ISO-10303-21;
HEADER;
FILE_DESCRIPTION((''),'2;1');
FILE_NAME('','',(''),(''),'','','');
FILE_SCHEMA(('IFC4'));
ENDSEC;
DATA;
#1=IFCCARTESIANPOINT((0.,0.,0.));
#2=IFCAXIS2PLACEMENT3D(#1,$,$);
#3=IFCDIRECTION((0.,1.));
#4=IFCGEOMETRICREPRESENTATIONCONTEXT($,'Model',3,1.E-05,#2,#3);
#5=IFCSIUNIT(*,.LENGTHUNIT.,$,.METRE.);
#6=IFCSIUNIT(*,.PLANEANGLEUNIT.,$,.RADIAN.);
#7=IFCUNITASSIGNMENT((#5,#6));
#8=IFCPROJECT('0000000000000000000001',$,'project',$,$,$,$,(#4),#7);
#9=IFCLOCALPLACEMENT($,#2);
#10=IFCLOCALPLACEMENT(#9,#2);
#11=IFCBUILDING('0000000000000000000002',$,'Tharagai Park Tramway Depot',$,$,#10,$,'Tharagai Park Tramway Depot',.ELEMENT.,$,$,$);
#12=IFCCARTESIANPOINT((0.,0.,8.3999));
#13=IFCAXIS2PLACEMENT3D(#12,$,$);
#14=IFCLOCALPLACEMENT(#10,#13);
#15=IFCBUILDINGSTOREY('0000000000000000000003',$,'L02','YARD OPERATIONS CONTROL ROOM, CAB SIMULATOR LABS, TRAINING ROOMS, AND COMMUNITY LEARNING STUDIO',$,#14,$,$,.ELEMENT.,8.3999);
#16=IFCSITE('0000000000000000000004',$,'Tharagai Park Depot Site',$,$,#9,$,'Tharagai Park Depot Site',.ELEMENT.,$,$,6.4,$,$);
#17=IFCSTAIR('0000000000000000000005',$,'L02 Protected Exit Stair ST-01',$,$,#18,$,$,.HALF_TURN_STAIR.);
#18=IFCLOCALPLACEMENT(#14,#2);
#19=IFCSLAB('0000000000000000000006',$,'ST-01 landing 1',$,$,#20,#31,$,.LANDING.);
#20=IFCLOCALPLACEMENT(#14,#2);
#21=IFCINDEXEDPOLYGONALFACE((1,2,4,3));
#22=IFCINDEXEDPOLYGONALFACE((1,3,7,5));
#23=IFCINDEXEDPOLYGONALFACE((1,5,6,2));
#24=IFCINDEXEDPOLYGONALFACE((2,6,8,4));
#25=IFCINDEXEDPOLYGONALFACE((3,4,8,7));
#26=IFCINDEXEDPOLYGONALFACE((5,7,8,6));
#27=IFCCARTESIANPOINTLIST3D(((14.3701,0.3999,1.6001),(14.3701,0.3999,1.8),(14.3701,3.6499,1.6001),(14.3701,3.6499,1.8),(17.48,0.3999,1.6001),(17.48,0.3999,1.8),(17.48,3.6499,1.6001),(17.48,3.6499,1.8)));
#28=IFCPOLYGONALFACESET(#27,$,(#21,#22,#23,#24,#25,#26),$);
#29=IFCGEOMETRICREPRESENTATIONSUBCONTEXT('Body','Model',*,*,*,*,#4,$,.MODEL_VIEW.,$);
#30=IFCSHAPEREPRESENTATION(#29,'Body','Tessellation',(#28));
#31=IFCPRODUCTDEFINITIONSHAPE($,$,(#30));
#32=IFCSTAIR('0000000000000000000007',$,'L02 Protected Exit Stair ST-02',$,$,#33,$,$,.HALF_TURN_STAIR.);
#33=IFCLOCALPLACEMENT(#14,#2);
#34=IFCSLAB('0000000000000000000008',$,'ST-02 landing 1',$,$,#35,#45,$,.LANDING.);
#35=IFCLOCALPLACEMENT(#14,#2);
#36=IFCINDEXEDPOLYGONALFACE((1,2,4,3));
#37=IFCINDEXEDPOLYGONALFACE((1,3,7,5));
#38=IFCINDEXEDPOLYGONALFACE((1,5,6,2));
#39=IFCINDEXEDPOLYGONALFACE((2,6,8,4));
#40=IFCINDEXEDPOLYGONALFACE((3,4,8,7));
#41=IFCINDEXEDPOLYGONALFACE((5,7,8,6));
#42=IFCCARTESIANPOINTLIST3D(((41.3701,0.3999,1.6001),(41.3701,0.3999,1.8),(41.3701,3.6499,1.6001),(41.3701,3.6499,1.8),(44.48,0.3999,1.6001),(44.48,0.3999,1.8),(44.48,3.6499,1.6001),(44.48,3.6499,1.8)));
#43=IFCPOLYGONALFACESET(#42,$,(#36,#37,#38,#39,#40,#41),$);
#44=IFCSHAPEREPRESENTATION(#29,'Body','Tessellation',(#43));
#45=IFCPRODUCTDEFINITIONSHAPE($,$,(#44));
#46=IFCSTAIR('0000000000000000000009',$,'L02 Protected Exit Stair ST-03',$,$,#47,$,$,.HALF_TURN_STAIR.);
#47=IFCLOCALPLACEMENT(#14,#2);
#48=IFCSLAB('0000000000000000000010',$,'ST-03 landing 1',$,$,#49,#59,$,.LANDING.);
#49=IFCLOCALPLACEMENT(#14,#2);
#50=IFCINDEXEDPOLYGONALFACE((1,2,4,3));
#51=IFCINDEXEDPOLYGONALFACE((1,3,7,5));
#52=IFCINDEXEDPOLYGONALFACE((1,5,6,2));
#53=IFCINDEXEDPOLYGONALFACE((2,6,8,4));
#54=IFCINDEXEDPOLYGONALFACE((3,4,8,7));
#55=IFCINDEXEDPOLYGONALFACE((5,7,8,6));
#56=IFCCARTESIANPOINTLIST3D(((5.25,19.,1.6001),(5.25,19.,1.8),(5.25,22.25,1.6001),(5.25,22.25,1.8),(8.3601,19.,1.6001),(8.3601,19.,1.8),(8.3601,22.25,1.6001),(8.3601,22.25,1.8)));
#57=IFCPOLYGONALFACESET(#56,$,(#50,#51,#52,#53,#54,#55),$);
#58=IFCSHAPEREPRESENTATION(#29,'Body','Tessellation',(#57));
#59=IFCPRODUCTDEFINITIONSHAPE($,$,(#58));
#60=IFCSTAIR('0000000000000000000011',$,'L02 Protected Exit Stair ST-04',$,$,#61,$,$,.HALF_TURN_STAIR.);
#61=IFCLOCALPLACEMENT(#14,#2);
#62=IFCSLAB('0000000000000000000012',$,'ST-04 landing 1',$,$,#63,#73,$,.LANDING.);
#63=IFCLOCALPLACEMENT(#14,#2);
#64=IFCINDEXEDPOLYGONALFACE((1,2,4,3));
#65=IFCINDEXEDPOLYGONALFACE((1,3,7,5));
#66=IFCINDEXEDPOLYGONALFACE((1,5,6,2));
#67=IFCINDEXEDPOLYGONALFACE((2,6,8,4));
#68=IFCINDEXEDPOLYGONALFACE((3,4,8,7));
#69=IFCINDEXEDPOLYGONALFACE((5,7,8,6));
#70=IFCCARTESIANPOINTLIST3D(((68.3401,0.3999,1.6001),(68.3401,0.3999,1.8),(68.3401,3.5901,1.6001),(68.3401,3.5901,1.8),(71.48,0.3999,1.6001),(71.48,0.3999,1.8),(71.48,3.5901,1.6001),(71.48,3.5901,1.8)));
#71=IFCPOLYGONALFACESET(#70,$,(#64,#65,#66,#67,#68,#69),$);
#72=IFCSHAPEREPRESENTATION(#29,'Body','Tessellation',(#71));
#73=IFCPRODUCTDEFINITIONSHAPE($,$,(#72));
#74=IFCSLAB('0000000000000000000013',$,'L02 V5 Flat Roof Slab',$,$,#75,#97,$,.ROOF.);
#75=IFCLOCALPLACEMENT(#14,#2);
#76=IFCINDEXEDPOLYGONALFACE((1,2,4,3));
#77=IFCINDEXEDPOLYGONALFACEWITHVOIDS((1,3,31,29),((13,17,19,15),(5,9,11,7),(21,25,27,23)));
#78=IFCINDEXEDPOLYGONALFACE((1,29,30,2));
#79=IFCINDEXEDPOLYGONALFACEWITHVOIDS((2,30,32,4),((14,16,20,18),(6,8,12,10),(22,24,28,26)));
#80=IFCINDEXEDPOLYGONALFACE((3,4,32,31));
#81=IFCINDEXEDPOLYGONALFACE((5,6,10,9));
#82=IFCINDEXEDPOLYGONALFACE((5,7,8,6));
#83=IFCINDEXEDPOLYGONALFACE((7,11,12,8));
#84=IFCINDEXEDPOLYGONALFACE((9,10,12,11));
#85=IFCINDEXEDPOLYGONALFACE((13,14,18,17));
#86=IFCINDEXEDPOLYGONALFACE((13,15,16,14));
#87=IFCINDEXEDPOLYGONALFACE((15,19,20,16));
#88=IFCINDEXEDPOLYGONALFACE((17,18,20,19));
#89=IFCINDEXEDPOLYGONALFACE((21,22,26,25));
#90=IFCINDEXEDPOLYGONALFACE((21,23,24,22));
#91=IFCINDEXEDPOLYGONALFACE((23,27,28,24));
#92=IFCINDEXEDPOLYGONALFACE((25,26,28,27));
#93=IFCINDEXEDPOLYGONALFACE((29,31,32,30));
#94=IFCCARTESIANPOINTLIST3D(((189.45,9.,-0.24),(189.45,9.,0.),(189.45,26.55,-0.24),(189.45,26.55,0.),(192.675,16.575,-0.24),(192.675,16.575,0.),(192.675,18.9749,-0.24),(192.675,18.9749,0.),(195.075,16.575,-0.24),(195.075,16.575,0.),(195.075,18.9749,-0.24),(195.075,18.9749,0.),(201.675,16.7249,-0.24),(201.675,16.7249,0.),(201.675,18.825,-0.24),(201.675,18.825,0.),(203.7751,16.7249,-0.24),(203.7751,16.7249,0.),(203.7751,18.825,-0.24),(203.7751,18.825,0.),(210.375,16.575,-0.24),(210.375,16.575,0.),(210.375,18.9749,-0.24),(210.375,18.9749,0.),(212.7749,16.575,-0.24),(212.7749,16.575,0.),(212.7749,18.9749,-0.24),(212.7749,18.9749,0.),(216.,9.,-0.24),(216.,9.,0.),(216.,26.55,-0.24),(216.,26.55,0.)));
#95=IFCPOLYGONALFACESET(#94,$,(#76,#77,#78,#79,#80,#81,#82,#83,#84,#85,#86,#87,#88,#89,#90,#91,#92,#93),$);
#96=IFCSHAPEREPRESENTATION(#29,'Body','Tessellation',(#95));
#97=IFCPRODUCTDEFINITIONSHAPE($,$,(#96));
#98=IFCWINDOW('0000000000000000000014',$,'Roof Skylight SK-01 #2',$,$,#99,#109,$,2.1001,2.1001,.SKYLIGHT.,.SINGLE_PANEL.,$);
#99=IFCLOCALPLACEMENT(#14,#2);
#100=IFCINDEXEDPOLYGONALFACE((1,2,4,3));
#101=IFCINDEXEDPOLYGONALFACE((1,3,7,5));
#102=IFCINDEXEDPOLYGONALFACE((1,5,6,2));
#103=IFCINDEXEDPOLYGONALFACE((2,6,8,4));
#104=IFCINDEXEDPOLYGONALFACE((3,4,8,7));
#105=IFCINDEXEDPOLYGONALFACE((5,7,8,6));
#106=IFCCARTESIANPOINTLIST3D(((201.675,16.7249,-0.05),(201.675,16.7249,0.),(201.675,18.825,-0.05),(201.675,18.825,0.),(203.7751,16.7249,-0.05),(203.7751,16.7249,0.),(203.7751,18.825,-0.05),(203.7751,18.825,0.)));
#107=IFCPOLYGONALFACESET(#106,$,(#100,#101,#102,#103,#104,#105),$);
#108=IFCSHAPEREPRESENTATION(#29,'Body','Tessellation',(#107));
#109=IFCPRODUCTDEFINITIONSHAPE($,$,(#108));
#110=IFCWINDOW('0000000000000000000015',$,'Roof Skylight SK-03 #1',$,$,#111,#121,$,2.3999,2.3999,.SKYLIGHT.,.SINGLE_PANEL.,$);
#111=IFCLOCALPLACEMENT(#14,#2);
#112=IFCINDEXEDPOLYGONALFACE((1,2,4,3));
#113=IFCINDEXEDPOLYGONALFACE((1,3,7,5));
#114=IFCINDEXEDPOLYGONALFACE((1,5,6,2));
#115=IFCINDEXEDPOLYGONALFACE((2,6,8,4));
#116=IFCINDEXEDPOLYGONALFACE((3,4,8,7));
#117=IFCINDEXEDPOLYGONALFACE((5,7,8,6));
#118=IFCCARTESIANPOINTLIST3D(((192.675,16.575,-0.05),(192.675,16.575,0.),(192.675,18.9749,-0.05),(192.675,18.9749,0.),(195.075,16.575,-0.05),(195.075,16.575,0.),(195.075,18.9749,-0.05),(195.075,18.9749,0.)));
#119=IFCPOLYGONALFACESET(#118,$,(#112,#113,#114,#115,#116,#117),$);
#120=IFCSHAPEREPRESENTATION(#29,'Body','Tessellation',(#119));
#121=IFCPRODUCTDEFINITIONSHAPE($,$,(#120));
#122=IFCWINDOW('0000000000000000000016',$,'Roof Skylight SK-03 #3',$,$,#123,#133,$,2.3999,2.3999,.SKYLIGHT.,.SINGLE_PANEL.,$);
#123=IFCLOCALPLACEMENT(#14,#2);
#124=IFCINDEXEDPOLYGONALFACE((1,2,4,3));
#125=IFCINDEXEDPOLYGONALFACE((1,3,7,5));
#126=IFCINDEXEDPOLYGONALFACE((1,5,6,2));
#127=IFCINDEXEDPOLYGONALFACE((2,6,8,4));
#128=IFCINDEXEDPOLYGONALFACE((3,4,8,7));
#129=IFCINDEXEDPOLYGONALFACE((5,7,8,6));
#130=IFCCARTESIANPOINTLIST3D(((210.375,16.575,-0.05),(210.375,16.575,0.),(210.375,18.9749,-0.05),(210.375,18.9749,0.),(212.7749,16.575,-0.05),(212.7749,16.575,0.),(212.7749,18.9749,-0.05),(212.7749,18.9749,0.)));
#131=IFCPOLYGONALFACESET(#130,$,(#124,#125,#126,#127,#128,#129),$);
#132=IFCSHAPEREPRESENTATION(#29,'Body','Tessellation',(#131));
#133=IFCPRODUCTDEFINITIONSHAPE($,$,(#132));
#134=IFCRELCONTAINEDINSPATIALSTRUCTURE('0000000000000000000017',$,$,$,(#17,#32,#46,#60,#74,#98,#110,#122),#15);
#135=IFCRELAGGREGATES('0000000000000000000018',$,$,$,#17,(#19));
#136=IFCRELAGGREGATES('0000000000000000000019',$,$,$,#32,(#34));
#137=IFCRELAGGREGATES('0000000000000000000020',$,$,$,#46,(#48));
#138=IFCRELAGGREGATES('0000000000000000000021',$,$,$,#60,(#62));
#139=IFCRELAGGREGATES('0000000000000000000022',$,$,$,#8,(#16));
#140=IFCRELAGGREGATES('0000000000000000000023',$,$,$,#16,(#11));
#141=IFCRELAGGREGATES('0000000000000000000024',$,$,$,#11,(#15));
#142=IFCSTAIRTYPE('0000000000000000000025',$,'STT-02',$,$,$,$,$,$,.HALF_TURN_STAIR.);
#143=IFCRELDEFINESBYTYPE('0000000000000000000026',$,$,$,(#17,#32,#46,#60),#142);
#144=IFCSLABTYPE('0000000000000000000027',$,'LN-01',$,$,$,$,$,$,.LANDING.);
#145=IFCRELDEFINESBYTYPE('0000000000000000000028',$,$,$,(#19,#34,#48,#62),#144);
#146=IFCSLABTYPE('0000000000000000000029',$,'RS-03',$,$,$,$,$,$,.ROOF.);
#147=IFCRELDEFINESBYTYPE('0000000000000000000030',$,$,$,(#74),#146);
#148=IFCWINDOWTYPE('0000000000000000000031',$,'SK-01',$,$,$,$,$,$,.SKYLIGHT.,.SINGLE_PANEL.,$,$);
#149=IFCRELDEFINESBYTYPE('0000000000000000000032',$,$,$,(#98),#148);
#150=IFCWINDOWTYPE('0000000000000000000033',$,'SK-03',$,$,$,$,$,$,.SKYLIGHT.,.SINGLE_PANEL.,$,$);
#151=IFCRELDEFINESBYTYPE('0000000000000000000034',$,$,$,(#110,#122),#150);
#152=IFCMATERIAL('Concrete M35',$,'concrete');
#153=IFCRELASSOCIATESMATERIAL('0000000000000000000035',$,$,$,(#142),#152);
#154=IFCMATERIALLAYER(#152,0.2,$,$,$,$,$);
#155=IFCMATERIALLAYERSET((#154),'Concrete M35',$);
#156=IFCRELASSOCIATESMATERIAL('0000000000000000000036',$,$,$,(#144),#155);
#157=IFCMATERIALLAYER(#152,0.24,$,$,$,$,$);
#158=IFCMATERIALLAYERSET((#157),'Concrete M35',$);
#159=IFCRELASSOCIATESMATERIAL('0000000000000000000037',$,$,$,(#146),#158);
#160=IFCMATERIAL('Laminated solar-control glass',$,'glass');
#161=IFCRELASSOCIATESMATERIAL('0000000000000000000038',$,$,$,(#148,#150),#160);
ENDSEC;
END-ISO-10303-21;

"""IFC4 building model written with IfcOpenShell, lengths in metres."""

from ifc_helpers import new_model, si_unit, direction, frame, origin, origin_2d, place, context, subcontext, project, spatial, polyline, rectangle, outline, extrude, material, layer, layer_set, type_object, element, fill, aggregate, save


model = new_model("IFC4")

# Units and contexts
model_context = context("Model", 3, precision=1e-05, world=origin(), true_north=direction((0.0, 1.0)))
body_context = subcontext(model_context, "Body", "Model", "MODEL_VIEW")
ifc_project = project(units=[si_unit("LENGTHUNIT", "METRE"), si_unit("PLANEANGLEUNIT", "RADIAN")], contexts=[model_context])

# Site, building, storey
site_placement = place(None, origin())
site = spatial("IfcSite", under=ifc_project, at=site_placement, Name="Tharagai Park Depot Site", LongName="Tharagai Park Depot Site", CompositionType="ELEMENT", RefElevation=6.4)
building_placement = place(site_placement, origin())
building = spatial("IfcBuilding", under=site, at=building_placement, Name="Tharagai Park Tramway Depot", LongName="Tharagai Park Tramway Depot", CompositionType="ELEMENT")
storey_placement = place(building_placement, frame((0.0, 0.0, 8.3999)))
storey = spatial("IfcBuildingStorey", under=building, at=storey_placement, Name="L02", Description="YARD OPERATIONS CONTROL ROOM, CAB SIMULATOR LABS, TRAINING ROOMS, AND COMMUNITY LEARNING STUDIO", CompositionType="ELEMENT", Elevation=8.3999)

# Stairs, slabs
ifc_material_1 = material(Name="Concrete M35", Category="concrete")
stair_type = type_object("IfcStairType", Name="STT-02", PredefinedType="HALF_TURN_STAIR", material=ifc_material_1)
stair_1_placement = place(storey_placement, origin())
stair_1 = element("IfcStair", 1, at=stair_1_placement, inside=storey, type_object=stair_type, Name="L02 Protected Exit Stair ST-01", PredefinedType="HALF_TURN_STAIR")
ifc_layer_1 = layer(ifc_material_1, 0.2)
ifc_layer_set_1 = layer_set([ifc_layer_1], Name="Concrete M35")
slab_type_1 = type_object("IfcSlabType", Name="LN-01", PredefinedType="LANDING", material=ifc_layer_set_1)
slab_1_placement = place(storey_placement, frame((0.0, 0.0, 1.6001)))
slab_1 = element("IfcSlab", 2, at=slab_1_placement, type_object=slab_type_1, Name="ST-01 landing 1", PredefinedType="LANDING", context=body_context, shape_type="SweptSolid", body=[
    extrude(outline(polyline([(14.3701, 0.3999), (17.48, 0.3999), (17.48, 3.6499), (14.3701, 3.6499), (14.3701, 0.3999)])), origin(), (0.0, 0.0, 1.0), 0.2),
])
aggregate(stair_1, [slab_1])
stair_2_placement = place(storey_placement, origin())
stair_2 = element("IfcStair", 3, at=stair_2_placement, inside=storey, type_object=stair_type, Name="L02 Protected Exit Stair ST-02", PredefinedType="HALF_TURN_STAIR")
slab_2_placement = place(storey_placement, frame((0.0, 0.0, 1.6001)))
slab_2 = element("IfcSlab", 4, at=slab_2_placement, type_object=slab_type_1, Name="ST-02 landing 1", PredefinedType="LANDING", context=body_context, shape_type="SweptSolid", body=[
    extrude(outline(polyline([(41.3701, 0.3999), (44.48, 0.3999), (44.48, 3.6499), (41.3701, 3.6499), (41.3701, 0.3999)])), origin(), (0.0, 0.0, 1.0), 0.2),
])
aggregate(stair_2, [slab_2])
stair_3_placement = place(storey_placement, origin())
stair_3 = element("IfcStair", 5, at=stair_3_placement, inside=storey, type_object=stair_type, Name="L02 Protected Exit Stair ST-03", PredefinedType="HALF_TURN_STAIR")
slab_3_placement = place(storey_placement, frame((0.0, 0.0, 1.6001)))
slab_3 = element("IfcSlab", 6, at=slab_3_placement, type_object=slab_type_1, Name="ST-03 landing 1", PredefinedType="LANDING", context=body_context, shape_type="SweptSolid", body=[
    extrude(outline(polyline([(5.25, 19.0), (8.3601, 19.0), (8.3601, 22.25), (5.25, 22.25), (5.25, 19.0)])), origin(), (0.0, 0.0, 1.0), 0.2),
])
aggregate(stair_3, [slab_3])
stair_4_placement = place(storey_placement, origin())
stair_4 = element("IfcStair", 7, at=stair_4_placement, inside=storey, type_object=stair_type, Name="L02 Protected Exit Stair ST-04", PredefinedType="HALF_TURN_STAIR")
slab_4_placement = place(storey_placement, frame((0.0, 0.0, 1.6001)))
slab_4 = element("IfcSlab", 8, at=slab_4_placement, type_object=slab_type_1, Name="ST-04 landing 1", PredefinedType="LANDING", context=body_context, shape_type="SweptSolid", body=[
    extrude(outline(polyline([(68.3401, 0.3999), (71.48, 0.3999), (71.48, 3.5901), (68.3401, 3.5901), (68.3401, 0.3999)])), origin(), (0.0, 0.0, 1.0), 0.2),
])
aggregate(stair_4, [slab_4])

# Slab, openings, windows
ifc_layer_2 = layer(ifc_material_1, 0.24)
ifc_layer_set_2 = layer_set([ifc_layer_2], Name="Concrete M35")
slab_type_2 = type_object("IfcSlabType", Name="RS-03", PredefinedType="ROOF", material=ifc_layer_set_2)
slab_5_placement = place(storey_placement, frame((0.0, 0.0, -0.24)))
slab_5 = element("IfcSlab", 9, at=slab_5_placement, inside=storey, type_object=slab_type_2, Name="L02 V5 Flat Roof Slab", PredefinedType="ROOF", context=body_context, shape_type="SweptSolid", body=[
    extrude(outline(polyline([(189.45, 9.0), (216.0, 9.0), (216.0, 26.55), (189.45, 26.55), (189.45, 9.0)])), origin(), (0.0, 0.0, 1.0), 0.24),
])
opening_1_placement = place(slab_5_placement, frame((193.875, 17.7749, -0.01)))
opening_1 = element("IfcOpeningElement", 10, at=opening_1_placement, cuts=slab_5, PredefinedType="OPENING", context=body_context, shape_type="SweptSolid", body=[
    extrude(rectangle(XDim=2.3999, YDim=2.3999, at=origin_2d()), origin(), (0.0, 0.0, 1.0), 0.26),
])
opening_2_placement = place(slab_5_placement, frame((202.7251, 17.7749, -0.01)))
opening_2 = element("IfcOpeningElement", 11, at=opening_2_placement, cuts=slab_5, PredefinedType="OPENING", context=body_context, shape_type="SweptSolid", body=[
    extrude(rectangle(XDim=2.1001, YDim=2.1001, at=origin_2d()), origin(), (0.0, 0.0, 1.0), 0.26),
])
opening_3_placement = place(slab_5_placement, frame((211.575, 17.7749, -0.01)))
opening_3 = element("IfcOpeningElement", 12, at=opening_3_placement, cuts=slab_5, PredefinedType="OPENING", context=body_context, shape_type="SweptSolid", body=[
    extrude(rectangle(XDim=2.3999, YDim=2.3999, at=origin_2d()), origin(), (0.0, 0.0, 1.0), 0.26),
])
ifc_material_2 = material(Name="Laminated solar-control glass", Category="glass")
window_type_1 = type_object("IfcWindowType", Name="SK-01", PartitioningType="SINGLE_PANEL", PredefinedType="SKYLIGHT", material=ifc_material_2)
window_1_placement = place(opening_2_placement, frame((0.0, 0.0, 0.2)))
window_1 = element("IfcWindow", 13, at=window_1_placement, inside=storey, type_object=window_type_1, Name="Roof Skylight SK-01 #2", OverallHeight=2.1001, OverallWidth=2.1001, PartitioningType="SINGLE_PANEL", PredefinedType="SKYLIGHT", context=body_context, shape_type="SweptSolid", body=[
    extrude(rectangle(XDim=2.1001, YDim=2.1001, at=origin_2d()), origin(), (0.0, 0.0, 1.0), 0.05),
])
fill(opening_2, window_1)
window_type_2 = type_object("IfcWindowType", Name="SK-03", PartitioningType="SINGLE_PANEL", PredefinedType="SKYLIGHT", material=ifc_material_2)
window_2_placement = place(opening_1_placement, frame((0.0, 0.0, 0.2)))
window_2 = element("IfcWindow", 14, at=window_2_placement, inside=storey, type_object=window_type_2, Name="Roof Skylight SK-03 #1", OverallHeight=2.3999, OverallWidth=2.3999, PartitioningType="SINGLE_PANEL", PredefinedType="SKYLIGHT", context=body_context, shape_type="SweptSolid", body=[
    extrude(rectangle(XDim=2.3999, YDim=2.3999, at=origin_2d()), origin(), (0.0, 0.0, 1.0), 0.05),
])
fill(opening_1, window_2)
window_3_placement = place(opening_3_placement, frame((0.0, 0.0, 0.2)))
window_3 = element("IfcWindow", 15, at=window_3_placement, inside=storey, type_object=window_type_2, Name="Roof Skylight SK-03 #3", OverallHeight=2.3999, OverallWidth=2.3999, PartitioningType="SINGLE_PANEL", PredefinedType="SKYLIGHT", context=body_context, shape_type="SweptSolid", body=[
    extrude(rectangle(XDim=2.3999, YDim=2.3999, at=origin_2d()), origin(), (0.0, 0.0, 1.0), 0.05),
])
fill(opening_3, window_3)

save(model, "model.ifc")
